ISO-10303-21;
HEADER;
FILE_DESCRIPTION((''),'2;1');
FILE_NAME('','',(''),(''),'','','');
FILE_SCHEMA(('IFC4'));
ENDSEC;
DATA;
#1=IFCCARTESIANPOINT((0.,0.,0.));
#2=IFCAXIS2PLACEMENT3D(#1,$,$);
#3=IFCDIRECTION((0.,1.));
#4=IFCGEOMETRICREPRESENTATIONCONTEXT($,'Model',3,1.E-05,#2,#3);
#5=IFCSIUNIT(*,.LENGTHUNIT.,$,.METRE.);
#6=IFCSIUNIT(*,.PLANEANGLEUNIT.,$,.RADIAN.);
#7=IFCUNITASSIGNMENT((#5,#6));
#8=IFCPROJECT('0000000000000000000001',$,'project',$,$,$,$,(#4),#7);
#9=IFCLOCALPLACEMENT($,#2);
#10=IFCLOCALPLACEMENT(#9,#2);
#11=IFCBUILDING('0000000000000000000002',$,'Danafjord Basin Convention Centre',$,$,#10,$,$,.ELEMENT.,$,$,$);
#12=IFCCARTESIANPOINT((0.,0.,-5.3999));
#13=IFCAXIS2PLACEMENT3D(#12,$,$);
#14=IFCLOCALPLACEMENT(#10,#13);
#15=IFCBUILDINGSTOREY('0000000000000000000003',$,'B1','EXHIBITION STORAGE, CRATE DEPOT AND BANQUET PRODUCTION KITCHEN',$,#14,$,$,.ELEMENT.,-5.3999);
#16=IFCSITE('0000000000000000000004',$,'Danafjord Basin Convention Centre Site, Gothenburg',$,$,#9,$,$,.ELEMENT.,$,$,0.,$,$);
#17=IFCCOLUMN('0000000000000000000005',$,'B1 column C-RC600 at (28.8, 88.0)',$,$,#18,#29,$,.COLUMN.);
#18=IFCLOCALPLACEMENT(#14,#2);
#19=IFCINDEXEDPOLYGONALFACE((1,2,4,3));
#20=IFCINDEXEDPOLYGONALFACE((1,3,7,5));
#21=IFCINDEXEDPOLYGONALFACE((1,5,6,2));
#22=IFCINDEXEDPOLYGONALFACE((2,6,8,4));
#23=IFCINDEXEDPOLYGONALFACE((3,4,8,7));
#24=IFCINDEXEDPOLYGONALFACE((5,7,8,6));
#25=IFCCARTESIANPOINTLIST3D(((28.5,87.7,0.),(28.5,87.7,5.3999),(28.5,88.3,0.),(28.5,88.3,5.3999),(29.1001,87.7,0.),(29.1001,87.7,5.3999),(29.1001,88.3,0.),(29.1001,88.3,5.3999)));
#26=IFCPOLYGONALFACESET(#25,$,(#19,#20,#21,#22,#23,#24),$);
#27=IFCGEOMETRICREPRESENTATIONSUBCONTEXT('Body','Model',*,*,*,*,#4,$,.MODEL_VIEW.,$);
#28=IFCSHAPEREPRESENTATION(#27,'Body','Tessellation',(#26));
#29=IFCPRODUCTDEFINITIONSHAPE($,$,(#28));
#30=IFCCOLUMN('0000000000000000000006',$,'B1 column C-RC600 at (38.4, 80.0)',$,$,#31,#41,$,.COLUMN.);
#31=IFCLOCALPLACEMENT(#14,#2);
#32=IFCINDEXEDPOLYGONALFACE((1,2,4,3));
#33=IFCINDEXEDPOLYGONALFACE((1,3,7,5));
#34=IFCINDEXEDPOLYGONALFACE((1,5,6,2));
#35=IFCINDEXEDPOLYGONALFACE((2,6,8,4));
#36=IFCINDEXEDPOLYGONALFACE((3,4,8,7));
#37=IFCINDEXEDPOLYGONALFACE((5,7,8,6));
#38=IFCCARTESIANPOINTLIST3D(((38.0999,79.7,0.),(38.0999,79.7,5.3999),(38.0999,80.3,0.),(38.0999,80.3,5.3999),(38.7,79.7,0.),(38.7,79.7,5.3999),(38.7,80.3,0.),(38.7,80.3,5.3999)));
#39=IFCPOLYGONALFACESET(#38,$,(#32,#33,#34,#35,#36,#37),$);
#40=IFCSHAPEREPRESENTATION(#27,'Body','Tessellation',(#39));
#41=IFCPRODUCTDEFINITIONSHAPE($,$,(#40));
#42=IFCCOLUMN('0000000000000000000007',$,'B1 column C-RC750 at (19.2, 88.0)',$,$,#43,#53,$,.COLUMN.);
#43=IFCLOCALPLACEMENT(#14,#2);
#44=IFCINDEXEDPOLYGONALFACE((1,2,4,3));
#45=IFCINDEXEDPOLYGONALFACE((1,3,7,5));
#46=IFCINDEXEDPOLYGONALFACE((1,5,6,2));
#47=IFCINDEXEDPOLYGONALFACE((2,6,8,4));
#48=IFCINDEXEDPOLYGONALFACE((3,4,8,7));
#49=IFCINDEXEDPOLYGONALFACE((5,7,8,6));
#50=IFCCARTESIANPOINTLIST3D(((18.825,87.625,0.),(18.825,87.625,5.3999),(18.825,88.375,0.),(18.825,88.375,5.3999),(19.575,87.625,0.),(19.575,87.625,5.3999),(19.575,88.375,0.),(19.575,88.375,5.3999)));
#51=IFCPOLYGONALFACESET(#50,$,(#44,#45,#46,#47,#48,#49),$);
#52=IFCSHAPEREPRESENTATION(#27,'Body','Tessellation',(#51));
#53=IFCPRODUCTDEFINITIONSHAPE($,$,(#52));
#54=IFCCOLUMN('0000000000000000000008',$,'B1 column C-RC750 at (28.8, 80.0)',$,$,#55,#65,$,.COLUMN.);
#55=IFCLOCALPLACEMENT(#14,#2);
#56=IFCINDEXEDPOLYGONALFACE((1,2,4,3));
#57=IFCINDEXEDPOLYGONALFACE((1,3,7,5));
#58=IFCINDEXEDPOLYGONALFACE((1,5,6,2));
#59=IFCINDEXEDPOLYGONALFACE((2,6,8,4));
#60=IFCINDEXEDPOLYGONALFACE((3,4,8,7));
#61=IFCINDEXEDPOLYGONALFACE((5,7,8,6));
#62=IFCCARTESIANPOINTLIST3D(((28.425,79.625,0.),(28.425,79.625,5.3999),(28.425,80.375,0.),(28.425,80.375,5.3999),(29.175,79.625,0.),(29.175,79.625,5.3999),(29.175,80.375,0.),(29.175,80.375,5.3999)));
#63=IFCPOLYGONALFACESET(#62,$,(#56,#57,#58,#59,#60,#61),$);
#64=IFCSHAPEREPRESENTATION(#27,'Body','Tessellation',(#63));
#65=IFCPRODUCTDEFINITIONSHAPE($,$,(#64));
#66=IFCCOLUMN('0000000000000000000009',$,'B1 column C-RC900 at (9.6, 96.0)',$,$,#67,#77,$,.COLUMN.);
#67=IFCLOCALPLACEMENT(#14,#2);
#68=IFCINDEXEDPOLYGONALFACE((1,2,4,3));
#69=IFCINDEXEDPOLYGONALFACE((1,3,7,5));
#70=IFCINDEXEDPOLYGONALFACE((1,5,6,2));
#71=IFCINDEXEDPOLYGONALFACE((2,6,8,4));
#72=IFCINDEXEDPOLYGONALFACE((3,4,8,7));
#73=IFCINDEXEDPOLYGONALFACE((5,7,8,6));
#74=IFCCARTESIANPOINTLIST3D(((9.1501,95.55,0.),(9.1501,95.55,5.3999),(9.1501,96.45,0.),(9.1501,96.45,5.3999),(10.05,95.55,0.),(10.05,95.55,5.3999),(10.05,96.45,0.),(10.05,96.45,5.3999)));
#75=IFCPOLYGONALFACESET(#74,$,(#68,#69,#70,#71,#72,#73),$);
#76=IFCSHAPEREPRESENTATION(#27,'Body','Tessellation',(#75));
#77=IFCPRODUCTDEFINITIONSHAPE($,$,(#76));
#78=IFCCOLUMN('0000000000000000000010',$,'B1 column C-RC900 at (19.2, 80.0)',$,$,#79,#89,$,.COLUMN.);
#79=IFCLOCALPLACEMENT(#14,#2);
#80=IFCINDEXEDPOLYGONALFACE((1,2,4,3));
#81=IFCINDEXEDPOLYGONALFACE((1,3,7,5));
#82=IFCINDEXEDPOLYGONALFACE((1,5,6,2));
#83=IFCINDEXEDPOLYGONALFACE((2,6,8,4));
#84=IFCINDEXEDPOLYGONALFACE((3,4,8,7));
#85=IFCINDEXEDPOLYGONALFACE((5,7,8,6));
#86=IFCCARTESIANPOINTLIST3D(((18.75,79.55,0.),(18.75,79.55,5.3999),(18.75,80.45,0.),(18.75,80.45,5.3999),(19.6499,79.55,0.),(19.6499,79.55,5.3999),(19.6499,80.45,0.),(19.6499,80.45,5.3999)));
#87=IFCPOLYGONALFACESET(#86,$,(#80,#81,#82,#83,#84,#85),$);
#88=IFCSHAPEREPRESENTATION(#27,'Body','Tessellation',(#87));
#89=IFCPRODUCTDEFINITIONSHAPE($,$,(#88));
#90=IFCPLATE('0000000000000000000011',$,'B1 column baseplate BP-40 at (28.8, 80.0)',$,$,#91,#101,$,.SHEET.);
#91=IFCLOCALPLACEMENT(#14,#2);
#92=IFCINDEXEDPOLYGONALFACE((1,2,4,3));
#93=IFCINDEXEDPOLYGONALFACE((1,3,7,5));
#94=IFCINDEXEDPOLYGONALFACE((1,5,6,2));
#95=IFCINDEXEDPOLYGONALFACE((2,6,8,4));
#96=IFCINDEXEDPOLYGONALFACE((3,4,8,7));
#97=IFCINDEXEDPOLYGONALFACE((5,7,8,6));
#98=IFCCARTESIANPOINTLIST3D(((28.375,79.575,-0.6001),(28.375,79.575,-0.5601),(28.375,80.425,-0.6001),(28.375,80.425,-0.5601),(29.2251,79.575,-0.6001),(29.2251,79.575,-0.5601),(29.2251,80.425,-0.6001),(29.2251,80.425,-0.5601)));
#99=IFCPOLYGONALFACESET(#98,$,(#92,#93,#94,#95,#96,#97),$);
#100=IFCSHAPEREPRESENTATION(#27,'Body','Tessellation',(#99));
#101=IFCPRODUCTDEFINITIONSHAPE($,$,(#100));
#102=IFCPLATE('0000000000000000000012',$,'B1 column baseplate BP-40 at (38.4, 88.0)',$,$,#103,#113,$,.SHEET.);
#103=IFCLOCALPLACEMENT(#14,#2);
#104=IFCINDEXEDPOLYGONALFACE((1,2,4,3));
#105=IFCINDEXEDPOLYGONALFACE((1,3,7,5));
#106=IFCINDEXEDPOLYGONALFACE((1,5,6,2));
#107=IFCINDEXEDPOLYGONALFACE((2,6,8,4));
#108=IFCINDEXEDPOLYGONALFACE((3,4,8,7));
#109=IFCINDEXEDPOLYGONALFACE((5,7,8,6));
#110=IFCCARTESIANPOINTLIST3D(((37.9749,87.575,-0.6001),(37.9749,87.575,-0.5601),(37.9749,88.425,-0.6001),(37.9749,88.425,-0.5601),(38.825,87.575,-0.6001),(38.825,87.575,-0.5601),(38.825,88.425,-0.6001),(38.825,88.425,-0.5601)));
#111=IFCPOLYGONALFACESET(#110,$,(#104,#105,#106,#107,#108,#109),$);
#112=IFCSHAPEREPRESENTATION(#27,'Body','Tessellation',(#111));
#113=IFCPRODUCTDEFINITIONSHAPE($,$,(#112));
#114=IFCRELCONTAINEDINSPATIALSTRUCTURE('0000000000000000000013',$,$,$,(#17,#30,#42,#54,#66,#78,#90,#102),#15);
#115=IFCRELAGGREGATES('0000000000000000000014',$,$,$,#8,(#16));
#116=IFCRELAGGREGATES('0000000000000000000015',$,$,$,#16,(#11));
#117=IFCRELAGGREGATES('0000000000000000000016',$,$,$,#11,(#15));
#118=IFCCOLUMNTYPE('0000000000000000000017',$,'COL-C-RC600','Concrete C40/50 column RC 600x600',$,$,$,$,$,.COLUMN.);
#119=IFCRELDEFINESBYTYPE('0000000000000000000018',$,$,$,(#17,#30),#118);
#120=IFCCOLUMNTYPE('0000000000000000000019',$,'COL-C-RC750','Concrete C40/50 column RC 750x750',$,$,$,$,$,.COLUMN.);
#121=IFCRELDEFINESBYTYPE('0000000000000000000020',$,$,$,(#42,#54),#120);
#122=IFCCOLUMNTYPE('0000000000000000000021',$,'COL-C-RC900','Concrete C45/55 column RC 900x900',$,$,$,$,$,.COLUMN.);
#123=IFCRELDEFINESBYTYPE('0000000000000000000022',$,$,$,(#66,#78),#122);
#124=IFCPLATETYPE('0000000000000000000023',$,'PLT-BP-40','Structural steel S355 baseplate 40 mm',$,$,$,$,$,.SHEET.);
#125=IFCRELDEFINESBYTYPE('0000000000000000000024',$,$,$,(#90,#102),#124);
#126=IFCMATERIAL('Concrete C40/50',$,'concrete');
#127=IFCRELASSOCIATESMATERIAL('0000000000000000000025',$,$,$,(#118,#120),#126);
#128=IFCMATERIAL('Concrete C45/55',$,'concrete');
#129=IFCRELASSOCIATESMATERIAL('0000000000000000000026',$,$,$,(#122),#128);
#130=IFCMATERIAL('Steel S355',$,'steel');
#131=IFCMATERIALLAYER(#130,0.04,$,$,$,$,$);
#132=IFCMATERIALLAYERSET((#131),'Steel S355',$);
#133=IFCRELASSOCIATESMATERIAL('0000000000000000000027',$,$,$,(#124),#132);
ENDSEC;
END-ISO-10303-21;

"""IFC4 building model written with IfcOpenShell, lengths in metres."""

from ifc_helpers import new_model, si_unit, direction, frame, origin, origin_2d, place, context, subcontext, project, spatial, rectangle, extrude, material, layer, layer_set, material_profile, profile_set, type_object, element, save


model = new_model("IFC4")

# Units and contexts
model_context = context("Model", 3, precision=1e-05, world=origin(), true_north=direction((0.0, 1.0)))
body_context = subcontext(model_context, "Body", "Model", "MODEL_VIEW")
ifc_project = project(units=[si_unit("LENGTHUNIT", "METRE"), si_unit("PLANEANGLEUNIT", "RADIAN")], contexts=[model_context])

# Site, building, storey
site_placement = place(None, origin())
site = spatial("IfcSite", under=ifc_project, at=site_placement, Name="Danafjord Basin Convention Centre Site, Gothenburg", CompositionType="ELEMENT", RefElevation=0.0)
building_placement = place(site_placement, origin())
building = spatial("IfcBuilding", under=site, at=building_placement, Name="Danafjord Basin Convention Centre", CompositionType="ELEMENT")
storey_placement = place(building_placement, frame((0.0, 0.0, -5.3999)))
storey = spatial("IfcBuildingStorey", under=building, at=storey_placement, Name="B1", Description="EXHIBITION STORAGE, CRATE DEPOT AND BANQUET PRODUCTION KITCHEN", CompositionType="ELEMENT", Elevation=-5.3999)

# Shared definitions
ifc_material_1 = material(Name="Concrete C40/50", Category="concrete")

# Columns
ifc_material_profile_1 = material_profile(ifc_material_1, rectangle(XDim=0.6001, YDim=0.6001, at=origin_2d()), Name="RC 600x600")
ifc_profile_set_1 = profile_set([ifc_material_profile_1], Name="Concrete C40/50")
column_type_1 = type_object("IfcColumnType", Name="COL-C-RC600", Description="Concrete C40/50 column RC 600x600", PredefinedType="COLUMN", material=ifc_profile_set_1)
for number, where, z_axis, x_axis, name in (
    (1, (28.8, 88.0, 0.0), (0.0, 0.0, 1.0), (1.0, 0.0, 0.0), "B1 column C-RC600 at (28.8, 88.0)"),
    (2, (38.3999, 80.0, 0.0), (0.0, 0.0, 1.0), (1.0, 0.0, 0.0), "B1 column C-RC600 at (38.4, 80.0)"),
):
    element("IfcColumn", number, at=place(storey_placement, frame(where, z_axis=z_axis, x_axis=x_axis)), inside=storey, type_object=column_type_1, Name=name, PredefinedType="COLUMN", context=body_context, shape_type="SweptSolid", body=[
        extrude(rectangle(XDim=0.6001, YDim=0.6001, at=origin_2d()), origin(), (0.0, 0.0, 1.0), 5.3999),
    ])
ifc_material_profile_2 = material_profile(ifc_material_1, rectangle(XDim=0.75, YDim=0.75, at=origin_2d()), Name="RC 750x750")
ifc_profile_set_2 = profile_set([ifc_material_profile_2], Name="Concrete C40/50")
column_type_2 = type_object("IfcColumnType", Name="COL-C-RC750", Description="Concrete C40/50 column RC 750x750", PredefinedType="COLUMN", material=ifc_profile_set_2)
for number, where, z_axis, x_axis, name in (
    (3, (19.2, 88.0, 0.0), (0.0, 0.0, 1.0), (1.0, 0.0, 0.0), "B1 column C-RC750 at (19.2, 88.0)"),
    (4, (28.8, 80.0, 0.0), (0.0, 0.0, 1.0), (1.0, 0.0, 0.0), "B1 column C-RC750 at (28.8, 80.0)"),
):
    element("IfcColumn", number, at=place(storey_placement, frame(where, z_axis=z_axis, x_axis=x_axis)), inside=storey, type_object=column_type_2, Name=name, PredefinedType="COLUMN", context=body_context, shape_type="SweptSolid", body=[
        extrude(rectangle(XDim=0.75, YDim=0.75, at=origin_2d()), origin(), (0.0, 0.0, 1.0), 5.3999),
    ])
ifc_material_2 = material(Name="Concrete C45/55", Category="concrete")
ifc_material_profile_3 = material_profile(ifc_material_2, rectangle(XDim=0.8999, YDim=0.8999, at=origin_2d()), Name="RC 900x900")
ifc_profile_set_3 = profile_set([ifc_material_profile_3], Name="Concrete C45/55")
column_type_3 = type_object("IfcColumnType", Name="COL-C-RC900", Description="Concrete C45/55 column RC 900x900", PredefinedType="COLUMN", material=ifc_profile_set_3)
for number, where, z_axis, x_axis, name in (
    (5, (9.6001, 96.0, 0.0), (0.0, 0.0, 1.0), (1.0, 0.0, 0.0), "B1 column C-RC900 at (9.6, 96.0)"),
    (6, (19.2, 80.0, 0.0), (0.0, 0.0, 1.0), (1.0, 0.0, 0.0), "B1 column C-RC900 at (19.2, 80.0)"),
):
    element("IfcColumn", number, at=place(storey_placement, frame(where, z_axis=z_axis, x_axis=x_axis)), inside=storey, type_object=column_type_3, Name=name, PredefinedType="COLUMN", context=body_context, shape_type="SweptSolid", body=[
        extrude(rectangle(XDim=0.8999, YDim=0.8999, at=origin_2d()), origin(), (0.0, 0.0, 1.0), 5.3999),
    ])

# Plates
ifc_material_3 = material(Name="Steel S355", Category="steel")
ifc_layer = layer(ifc_material_3, 0.04)
ifc_layer_set = layer_set([ifc_layer], Name="Steel S355")
plate_type = type_object("IfcPlateType", Name="PLT-BP-40", Description="Structural steel S355 baseplate 40 mm", PredefinedType="SHEET", material=ifc_layer_set)
for number, where, z_axis, x_axis, name in (
    (7, (28.8, 80.0, -0.6001), (0.0, 0.0, 1.0), (1.0, 0.0, 0.0), "B1 column baseplate BP-40 at (28.8, 80.0)"),
    (8, (38.3999, 88.0, -0.6001), (0.0, 0.0, 1.0), (1.0, 0.0, 0.0), "B1 column baseplate BP-40 at (38.4, 88.0)"),
):
    element("IfcPlate", number, at=place(storey_placement, frame(where, z_axis=z_axis, x_axis=x_axis)), inside=storey, type_object=plate_type, Name=name, PredefinedType="SHEET", context=body_context, shape_type="SweptSolid", body=[
        extrude(rectangle(XDim=0.8501, YDim=0.8501, at=origin_2d()), origin(), (0.0, 0.0, 1.0), 0.04),
    ])

save(model, "model.ifc")
